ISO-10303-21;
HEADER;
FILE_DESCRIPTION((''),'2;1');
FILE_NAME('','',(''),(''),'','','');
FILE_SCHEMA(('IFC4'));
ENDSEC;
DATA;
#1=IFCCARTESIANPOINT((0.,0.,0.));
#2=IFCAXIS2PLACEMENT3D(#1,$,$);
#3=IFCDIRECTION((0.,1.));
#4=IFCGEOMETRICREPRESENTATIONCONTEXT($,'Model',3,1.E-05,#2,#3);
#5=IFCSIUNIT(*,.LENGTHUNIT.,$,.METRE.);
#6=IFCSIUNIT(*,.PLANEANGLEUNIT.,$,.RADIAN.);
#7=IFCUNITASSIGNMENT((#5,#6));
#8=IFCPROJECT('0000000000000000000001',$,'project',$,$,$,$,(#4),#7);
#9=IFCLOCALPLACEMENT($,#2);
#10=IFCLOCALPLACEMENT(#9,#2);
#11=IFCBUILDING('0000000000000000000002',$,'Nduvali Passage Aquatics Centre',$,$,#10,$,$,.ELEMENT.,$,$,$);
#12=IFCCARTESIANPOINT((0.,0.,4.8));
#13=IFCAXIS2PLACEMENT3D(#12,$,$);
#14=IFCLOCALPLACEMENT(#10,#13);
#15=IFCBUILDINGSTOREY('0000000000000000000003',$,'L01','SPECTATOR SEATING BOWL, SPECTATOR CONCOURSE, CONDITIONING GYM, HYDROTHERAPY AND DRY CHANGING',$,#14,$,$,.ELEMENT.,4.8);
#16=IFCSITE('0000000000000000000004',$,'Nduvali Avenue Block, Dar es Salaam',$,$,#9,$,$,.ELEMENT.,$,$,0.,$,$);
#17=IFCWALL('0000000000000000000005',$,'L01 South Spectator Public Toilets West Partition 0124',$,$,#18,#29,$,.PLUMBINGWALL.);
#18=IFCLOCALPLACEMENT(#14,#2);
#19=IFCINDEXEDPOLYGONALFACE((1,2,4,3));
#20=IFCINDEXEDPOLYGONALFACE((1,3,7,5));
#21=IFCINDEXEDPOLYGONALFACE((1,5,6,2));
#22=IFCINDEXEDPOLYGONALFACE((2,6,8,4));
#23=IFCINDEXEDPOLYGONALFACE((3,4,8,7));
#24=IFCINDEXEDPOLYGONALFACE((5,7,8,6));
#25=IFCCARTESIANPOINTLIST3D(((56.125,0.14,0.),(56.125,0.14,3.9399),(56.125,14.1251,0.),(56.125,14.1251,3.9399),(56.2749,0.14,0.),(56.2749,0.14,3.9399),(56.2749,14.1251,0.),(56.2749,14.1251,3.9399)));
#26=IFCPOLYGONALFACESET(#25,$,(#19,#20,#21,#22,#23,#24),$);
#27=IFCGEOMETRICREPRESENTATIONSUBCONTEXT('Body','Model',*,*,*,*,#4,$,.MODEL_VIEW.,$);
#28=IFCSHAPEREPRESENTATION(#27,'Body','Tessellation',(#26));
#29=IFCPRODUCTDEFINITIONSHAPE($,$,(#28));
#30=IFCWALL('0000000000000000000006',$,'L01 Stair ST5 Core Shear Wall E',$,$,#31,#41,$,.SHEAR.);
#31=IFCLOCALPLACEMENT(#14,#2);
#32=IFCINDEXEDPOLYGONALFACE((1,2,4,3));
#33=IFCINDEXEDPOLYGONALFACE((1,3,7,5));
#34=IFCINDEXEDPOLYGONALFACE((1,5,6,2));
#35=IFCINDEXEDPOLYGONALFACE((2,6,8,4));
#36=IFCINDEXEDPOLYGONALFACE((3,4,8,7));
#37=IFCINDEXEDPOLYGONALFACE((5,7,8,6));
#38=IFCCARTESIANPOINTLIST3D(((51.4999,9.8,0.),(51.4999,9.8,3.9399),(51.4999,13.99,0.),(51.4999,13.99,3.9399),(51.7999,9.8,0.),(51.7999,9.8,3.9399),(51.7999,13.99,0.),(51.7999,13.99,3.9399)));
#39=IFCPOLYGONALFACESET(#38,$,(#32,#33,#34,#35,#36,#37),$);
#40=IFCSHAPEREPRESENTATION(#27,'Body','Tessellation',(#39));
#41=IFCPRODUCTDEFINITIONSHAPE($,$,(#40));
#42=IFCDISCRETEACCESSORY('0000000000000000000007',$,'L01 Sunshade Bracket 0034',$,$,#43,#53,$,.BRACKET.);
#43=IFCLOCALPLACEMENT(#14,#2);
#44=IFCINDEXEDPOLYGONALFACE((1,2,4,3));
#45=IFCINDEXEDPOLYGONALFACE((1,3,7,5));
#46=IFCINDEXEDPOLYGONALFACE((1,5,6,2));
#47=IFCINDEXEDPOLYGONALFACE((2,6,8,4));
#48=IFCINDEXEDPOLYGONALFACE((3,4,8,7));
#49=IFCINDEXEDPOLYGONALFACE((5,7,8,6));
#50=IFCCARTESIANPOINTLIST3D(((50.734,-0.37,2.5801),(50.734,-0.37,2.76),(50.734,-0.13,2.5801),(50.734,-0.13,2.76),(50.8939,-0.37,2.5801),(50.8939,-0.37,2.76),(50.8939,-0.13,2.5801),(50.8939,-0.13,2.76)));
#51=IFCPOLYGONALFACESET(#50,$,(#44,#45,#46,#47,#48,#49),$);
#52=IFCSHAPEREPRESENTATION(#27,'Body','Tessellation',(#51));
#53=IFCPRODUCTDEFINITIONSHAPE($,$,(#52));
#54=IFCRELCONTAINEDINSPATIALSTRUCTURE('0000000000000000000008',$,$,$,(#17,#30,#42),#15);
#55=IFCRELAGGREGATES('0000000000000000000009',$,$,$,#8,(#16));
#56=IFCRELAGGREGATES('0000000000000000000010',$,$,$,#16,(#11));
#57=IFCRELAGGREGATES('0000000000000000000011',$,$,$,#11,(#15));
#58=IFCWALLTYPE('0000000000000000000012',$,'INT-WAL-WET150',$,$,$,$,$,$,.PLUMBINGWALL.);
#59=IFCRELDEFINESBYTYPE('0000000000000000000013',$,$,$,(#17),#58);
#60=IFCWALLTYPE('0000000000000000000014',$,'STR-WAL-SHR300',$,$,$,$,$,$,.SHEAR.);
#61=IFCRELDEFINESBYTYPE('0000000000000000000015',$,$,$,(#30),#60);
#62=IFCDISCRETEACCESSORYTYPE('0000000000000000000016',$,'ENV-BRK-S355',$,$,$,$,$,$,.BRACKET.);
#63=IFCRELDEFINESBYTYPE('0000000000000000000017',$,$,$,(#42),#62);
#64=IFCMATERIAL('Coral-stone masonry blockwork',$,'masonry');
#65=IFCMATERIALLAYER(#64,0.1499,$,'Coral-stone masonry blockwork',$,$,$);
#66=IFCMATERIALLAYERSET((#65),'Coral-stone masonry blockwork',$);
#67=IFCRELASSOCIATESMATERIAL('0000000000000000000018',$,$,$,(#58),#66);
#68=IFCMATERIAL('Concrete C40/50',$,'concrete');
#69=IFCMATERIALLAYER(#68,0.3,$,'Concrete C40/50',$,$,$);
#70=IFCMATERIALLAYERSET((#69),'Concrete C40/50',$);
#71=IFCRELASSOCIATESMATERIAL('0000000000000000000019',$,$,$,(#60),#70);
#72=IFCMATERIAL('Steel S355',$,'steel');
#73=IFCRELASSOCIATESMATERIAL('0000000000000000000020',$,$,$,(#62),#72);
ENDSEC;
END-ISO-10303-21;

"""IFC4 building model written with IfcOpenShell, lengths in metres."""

from ifc_helpers import new_model, si_unit, direction, frame, frame_2d, origin, origin_2d, place, context, subcontext, project, spatial, rectangle, extrude, material, layer, layer_set, type_object, element, save


model = new_model("IFC4")

# Units and contexts
model_context = context("Model", 3, precision=1e-05, world=origin(), true_north=direction((0.0, 1.0)))
body_context = subcontext(model_context, "Body", "Model", "MODEL_VIEW")
ifc_project = project(units=[si_unit("LENGTHUNIT", "METRE"), si_unit("PLANEANGLEUNIT", "RADIAN")], contexts=[model_context])

# Site, building, storey
site_placement = place(None, origin())
site = spatial("IfcSite", under=ifc_project, at=site_placement, Name="Nduvali Avenue Block, Dar es Salaam", CompositionType="ELEMENT", RefElevation=0.0)
building_placement = place(site_placement, origin())
building = spatial("IfcBuilding", under=site, at=building_placement, Name="Nduvali Passage Aquatics Centre", CompositionType="ELEMENT")
storey_placement = place(building_placement, frame((0.0, 0.0, 4.8)))
storey = spatial("IfcBuildingStorey", under=building, at=storey_placement, Name="L01", Description="SPECTATOR SEATING BOWL, SPECTATOR CONCOURSE, CONDITIONING GYM, HYDROTHERAPY AND DRY CHANGING", CompositionType="ELEMENT", Elevation=4.8)

# Shared definitions
ifc_material_1 = material(Name="Steel S355", Category="steel")

# Shared definitions
ifc_material_2 = material(Name="Coral-stone masonry blockwork", Category="masonry")

# Shared definitions
ifc_material_3 = material(Name="Concrete C40/50", Category="concrete")

# Shared definitions
ifc_layer_1 = layer(ifc_material_2, 0.1499, Name="Coral-stone masonry blockwork")
ifc_layer_set_1 = layer_set([ifc_layer_1], Name="Coral-stone masonry blockwork")
wall_type_1 = type_object("IfcWallType", Name="INT-WAL-WET150", PredefinedType="PLUMBINGWALL", material=ifc_layer_set_1)

# Walls
wall_1_placement = place(storey_placement, frame((56.2, 0.1399, 0.0), z_axis=(0.0, 0.0, 1.0), x_axis=(0.0, 1.0, 0.0)))
element("IfcWall", 1, at=wall_1_placement, inside=storey, type_object=wall_type_1, Name="L01 South Spectator Public Toilets West Partition 0124", PredefinedType="PLUMBINGWALL", context=body_context, shape_type="SweptSolid", body=[
    extrude(rectangle(XDim=13.9851, YDim=0.1499, at=frame_2d((6.9927, 0.0))), origin(), (0.0, 0.0, 1.0), 3.9399),
])
ifc_layer_2 = layer(ifc_material_3, 0.3, Name="Concrete C40/50")
ifc_layer_set_2 = layer_set([ifc_layer_2], Name="Concrete C40/50")
wall_type_2 = type_object("IfcWallType", Name="STR-WAL-SHR300", PredefinedType="SHEAR", material=ifc_layer_set_2)
wall_2_placement = place(storey_placement, frame((51.6499, 9.8, 0.0), z_axis=(0.0, 0.0, 1.0), x_axis=(0.0, 1.0, 0.0)))
element("IfcWall", 2, at=wall_2_placement, inside=storey, type_object=wall_type_2, Name="L01 Stair ST5 Core Shear Wall E", PredefinedType="SHEAR", context=body_context, shape_type="SweptSolid", body=[
    extrude(rectangle(XDim=4.1899, YDim=0.3, at=frame_2d((2.095, 0.0))), origin(), (0.0, 0.0, 1.0), 3.9399),
])

# Discrete accessory
discrete_accessory_type = type_object("IfcDiscreteAccessoryType", Name="ENV-BRK-S355", PredefinedType="BRACKET", material=ifc_material_1)
discrete_accessory_placement = place(storey_placement, frame((50.814, -0.25, 2.5801), z_axis=(0.0, 0.0, 1.0), x_axis=(1.0, 0.0, 0.0)))
element("IfcDiscreteAccessory", 3, at=discrete_accessory_placement, inside=storey, type_object=discrete_accessory_type, Name="L01 Sunshade Bracket 0034", PredefinedType="BRACKET", context=body_context, shape_type="SweptSolid", body=[
    extrude(rectangle(XDim=0.1599, YDim=0.24, at=origin_2d()), origin(), (0.0, 0.0, 1.0), 0.1799),
])

save(model, "model.ifc")
